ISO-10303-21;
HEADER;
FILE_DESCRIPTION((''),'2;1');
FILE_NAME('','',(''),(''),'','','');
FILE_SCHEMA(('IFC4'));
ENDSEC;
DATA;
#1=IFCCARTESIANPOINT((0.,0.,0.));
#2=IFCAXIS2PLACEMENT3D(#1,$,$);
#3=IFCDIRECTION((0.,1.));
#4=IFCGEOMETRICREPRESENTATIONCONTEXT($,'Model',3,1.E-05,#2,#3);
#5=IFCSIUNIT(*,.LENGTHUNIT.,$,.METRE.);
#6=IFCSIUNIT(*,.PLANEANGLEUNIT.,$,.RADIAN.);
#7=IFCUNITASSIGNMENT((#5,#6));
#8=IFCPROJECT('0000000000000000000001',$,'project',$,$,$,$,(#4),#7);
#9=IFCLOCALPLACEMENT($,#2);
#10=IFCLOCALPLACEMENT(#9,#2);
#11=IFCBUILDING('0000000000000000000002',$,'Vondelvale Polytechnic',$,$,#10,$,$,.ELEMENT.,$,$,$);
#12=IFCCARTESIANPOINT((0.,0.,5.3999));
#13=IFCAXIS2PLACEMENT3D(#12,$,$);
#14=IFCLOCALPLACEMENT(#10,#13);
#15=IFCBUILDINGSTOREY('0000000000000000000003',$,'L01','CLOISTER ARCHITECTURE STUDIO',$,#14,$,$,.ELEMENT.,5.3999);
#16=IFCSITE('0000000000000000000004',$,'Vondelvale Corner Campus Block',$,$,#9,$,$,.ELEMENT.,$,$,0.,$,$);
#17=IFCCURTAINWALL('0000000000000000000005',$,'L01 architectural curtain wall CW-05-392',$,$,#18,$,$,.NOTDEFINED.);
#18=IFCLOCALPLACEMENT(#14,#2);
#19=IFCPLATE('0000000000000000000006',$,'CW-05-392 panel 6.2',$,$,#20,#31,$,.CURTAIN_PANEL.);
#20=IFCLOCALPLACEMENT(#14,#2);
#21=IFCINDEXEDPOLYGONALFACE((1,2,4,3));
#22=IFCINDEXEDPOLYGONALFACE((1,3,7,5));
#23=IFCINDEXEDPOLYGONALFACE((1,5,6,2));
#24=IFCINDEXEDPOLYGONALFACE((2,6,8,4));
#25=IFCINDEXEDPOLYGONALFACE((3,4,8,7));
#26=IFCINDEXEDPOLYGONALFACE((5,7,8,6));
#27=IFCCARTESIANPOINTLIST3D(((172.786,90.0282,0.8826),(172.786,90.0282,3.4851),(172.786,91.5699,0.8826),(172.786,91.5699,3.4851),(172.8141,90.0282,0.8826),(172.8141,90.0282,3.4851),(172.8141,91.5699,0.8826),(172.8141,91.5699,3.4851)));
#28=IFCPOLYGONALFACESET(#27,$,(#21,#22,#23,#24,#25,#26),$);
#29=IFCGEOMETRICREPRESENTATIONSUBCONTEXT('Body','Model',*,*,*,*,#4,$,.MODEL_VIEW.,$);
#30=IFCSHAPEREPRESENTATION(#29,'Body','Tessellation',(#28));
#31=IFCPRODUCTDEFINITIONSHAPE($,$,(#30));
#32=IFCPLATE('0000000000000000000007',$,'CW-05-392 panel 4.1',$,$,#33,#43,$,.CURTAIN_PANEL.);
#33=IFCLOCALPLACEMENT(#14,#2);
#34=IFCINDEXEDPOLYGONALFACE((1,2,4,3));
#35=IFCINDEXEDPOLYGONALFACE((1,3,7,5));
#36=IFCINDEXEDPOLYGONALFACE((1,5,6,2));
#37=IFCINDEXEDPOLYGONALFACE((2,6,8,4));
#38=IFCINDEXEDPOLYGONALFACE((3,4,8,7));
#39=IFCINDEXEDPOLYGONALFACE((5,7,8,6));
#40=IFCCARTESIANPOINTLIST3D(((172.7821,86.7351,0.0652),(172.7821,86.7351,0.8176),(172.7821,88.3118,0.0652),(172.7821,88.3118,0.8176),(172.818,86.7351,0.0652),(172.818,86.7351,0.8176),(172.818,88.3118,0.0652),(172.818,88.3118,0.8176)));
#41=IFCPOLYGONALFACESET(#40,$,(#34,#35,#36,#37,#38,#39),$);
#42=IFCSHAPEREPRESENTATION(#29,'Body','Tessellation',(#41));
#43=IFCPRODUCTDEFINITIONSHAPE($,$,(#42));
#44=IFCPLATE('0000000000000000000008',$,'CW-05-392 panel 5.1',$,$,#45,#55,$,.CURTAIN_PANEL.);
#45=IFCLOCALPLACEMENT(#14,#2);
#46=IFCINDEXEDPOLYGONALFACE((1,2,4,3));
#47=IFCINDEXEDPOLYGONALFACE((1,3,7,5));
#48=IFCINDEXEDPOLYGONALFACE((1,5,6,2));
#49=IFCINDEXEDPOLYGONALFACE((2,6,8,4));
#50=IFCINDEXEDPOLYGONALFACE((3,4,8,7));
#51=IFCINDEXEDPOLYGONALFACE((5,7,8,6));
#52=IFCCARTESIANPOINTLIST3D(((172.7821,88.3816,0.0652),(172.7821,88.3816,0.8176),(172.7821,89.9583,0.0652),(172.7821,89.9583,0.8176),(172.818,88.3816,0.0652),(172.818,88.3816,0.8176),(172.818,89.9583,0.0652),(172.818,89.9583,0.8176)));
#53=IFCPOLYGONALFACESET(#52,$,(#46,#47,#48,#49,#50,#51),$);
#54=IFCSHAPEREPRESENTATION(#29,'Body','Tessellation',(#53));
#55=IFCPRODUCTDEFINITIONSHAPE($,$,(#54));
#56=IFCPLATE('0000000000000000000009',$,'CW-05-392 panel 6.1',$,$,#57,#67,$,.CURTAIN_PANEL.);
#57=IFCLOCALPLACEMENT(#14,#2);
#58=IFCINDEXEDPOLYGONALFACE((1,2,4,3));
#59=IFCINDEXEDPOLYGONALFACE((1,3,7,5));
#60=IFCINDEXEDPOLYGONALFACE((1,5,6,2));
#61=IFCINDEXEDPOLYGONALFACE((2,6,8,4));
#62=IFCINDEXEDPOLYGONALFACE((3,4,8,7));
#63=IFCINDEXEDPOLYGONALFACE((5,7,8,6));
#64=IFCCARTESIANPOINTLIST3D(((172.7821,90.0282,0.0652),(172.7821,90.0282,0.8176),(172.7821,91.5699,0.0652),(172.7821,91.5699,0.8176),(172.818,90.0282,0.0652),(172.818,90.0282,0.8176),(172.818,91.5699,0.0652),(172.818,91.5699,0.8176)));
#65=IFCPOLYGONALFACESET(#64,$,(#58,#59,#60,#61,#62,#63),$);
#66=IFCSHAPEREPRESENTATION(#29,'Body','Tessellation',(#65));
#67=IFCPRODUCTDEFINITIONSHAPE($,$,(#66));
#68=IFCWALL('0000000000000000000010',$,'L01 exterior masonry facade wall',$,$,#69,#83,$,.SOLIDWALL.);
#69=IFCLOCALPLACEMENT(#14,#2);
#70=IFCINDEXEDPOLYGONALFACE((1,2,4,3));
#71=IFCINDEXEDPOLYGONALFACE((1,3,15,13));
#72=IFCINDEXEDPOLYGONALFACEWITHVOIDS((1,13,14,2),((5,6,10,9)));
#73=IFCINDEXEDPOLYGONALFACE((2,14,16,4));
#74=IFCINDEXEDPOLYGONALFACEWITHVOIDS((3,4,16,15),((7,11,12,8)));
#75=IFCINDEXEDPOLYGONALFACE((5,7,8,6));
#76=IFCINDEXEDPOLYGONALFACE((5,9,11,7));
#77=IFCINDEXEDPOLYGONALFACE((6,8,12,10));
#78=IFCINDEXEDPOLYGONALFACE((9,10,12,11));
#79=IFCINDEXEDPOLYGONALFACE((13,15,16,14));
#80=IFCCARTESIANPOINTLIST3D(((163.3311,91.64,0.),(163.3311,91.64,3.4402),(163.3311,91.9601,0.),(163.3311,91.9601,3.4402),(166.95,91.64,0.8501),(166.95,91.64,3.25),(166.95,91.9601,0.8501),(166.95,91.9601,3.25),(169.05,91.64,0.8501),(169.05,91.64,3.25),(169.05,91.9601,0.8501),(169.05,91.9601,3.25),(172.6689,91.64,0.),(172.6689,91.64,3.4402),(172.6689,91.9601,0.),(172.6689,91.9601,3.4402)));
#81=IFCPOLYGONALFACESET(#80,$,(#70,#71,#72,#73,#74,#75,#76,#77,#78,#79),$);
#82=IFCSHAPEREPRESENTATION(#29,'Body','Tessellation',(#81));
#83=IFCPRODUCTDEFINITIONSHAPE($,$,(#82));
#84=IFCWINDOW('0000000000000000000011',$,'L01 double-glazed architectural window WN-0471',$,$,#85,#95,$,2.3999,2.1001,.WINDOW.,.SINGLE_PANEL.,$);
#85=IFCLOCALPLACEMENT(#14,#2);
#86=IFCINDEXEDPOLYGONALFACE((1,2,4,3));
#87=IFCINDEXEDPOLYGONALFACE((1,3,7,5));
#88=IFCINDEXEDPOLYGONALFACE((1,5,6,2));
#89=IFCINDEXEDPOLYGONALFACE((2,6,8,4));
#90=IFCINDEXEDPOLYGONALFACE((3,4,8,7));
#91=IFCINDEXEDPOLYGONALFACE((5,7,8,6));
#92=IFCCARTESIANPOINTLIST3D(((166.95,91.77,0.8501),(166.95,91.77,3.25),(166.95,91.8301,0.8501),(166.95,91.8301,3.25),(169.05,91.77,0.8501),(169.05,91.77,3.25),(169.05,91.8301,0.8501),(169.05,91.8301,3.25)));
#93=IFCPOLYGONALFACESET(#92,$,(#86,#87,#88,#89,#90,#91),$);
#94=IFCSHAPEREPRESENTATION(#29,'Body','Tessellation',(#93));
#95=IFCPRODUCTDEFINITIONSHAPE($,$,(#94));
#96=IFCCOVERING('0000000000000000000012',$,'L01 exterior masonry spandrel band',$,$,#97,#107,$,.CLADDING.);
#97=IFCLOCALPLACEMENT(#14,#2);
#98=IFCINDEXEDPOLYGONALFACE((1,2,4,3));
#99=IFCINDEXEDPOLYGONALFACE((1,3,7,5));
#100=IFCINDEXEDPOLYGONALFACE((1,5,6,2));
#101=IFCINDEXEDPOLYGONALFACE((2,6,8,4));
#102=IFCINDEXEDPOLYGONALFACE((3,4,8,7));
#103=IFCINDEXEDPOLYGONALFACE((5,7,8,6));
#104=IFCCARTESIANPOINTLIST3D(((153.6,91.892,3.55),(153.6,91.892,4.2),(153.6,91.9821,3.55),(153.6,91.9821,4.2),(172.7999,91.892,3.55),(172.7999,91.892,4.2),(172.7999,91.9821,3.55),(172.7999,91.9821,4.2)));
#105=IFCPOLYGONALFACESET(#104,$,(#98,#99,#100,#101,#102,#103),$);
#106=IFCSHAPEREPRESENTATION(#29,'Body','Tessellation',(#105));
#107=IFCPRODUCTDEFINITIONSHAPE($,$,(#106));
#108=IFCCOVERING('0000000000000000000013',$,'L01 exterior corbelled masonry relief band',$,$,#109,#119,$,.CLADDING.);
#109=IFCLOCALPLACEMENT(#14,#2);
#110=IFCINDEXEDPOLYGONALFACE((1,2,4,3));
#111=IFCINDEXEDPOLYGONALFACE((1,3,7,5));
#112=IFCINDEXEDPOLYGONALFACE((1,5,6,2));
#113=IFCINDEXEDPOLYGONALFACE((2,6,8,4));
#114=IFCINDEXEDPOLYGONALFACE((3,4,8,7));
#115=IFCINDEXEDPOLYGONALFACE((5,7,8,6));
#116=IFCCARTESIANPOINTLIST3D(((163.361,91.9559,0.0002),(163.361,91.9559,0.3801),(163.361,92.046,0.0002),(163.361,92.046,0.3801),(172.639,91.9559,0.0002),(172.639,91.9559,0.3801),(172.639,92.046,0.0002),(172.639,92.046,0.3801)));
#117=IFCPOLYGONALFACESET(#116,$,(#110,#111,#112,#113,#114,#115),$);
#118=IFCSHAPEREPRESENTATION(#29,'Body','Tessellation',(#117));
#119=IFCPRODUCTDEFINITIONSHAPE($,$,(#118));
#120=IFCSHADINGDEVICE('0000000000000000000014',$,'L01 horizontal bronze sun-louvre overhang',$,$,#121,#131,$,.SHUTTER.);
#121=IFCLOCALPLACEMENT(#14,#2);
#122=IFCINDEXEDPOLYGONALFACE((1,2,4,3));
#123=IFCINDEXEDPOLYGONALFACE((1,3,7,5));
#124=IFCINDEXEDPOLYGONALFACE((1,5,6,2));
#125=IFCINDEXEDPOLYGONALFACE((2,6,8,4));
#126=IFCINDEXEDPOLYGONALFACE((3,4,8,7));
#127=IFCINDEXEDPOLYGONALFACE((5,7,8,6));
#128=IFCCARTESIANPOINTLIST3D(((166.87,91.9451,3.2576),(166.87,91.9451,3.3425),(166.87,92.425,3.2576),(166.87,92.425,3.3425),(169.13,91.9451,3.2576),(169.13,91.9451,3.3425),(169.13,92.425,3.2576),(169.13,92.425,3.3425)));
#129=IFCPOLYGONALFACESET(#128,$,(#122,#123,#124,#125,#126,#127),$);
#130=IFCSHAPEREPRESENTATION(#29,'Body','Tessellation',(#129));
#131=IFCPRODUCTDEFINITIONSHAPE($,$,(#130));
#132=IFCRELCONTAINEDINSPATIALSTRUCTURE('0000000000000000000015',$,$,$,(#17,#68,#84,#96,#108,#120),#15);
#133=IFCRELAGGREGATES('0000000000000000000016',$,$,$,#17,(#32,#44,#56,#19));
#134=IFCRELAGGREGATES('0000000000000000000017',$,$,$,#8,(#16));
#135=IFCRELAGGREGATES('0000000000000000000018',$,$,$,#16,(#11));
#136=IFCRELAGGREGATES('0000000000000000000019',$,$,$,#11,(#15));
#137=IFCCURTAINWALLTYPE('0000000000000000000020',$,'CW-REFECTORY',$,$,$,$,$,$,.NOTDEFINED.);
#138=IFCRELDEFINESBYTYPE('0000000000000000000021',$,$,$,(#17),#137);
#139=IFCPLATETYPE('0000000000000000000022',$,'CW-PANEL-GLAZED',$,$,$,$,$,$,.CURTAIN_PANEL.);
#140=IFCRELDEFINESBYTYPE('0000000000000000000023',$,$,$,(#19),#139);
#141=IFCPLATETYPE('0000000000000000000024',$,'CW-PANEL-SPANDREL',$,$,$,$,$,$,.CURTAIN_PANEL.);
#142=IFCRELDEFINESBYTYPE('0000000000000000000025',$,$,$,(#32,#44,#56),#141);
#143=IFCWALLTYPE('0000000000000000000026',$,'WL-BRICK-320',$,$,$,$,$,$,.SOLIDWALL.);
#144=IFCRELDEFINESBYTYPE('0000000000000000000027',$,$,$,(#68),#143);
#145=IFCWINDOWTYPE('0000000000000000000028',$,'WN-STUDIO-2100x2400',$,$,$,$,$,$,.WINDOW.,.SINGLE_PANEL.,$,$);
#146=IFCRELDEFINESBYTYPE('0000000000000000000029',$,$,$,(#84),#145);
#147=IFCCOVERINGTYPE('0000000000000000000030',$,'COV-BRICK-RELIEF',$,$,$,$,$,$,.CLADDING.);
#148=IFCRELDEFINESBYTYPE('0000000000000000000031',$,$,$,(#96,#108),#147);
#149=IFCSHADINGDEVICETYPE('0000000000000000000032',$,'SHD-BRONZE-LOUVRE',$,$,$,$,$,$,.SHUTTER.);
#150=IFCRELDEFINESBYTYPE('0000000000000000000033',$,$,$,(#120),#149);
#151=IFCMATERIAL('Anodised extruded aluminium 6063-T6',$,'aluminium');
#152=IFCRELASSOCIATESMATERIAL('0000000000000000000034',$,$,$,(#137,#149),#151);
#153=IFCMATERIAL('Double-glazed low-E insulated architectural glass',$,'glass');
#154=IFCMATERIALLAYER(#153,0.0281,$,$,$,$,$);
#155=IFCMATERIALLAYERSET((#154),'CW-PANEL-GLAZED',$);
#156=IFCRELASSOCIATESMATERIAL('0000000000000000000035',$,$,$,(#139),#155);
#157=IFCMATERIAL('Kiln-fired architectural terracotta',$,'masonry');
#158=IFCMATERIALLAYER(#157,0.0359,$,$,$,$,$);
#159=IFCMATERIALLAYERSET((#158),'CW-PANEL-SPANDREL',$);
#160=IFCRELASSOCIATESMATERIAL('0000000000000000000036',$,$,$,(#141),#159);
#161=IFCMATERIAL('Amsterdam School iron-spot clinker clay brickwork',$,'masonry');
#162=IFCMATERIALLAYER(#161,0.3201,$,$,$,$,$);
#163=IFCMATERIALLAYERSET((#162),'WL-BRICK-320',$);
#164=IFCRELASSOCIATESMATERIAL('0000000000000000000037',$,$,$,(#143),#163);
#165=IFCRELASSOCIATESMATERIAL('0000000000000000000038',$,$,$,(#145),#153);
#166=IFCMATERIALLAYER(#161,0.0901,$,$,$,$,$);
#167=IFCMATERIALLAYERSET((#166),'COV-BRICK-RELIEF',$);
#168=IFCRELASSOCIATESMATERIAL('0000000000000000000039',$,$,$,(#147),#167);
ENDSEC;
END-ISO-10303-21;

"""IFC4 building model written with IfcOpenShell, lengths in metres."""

from ifc_helpers import new_model, si_unit, direction, frame, frame_2d, origin, origin_2d, place, context, subcontext, project, spatial, rectangle, extrude, material, layer, layer_set, type_object, element, fill, aggregate, save


model = new_model("IFC4")

# Units and contexts
model_context = context("Model", 3, precision=1e-05, world=origin(), true_north=direction((0.0, 1.0)))
body_context = subcontext(model_context, "Body", "Model", "MODEL_VIEW")
ifc_project = project(units=[si_unit("LENGTHUNIT", "METRE"), si_unit("PLANEANGLEUNIT", "RADIAN")], contexts=[model_context])

# Site, building, storey
site_placement = place(None, origin())
site = spatial("IfcSite", under=ifc_project, at=site_placement, Name="Vondelvale Corner Campus Block", CompositionType="ELEMENT", RefElevation=0.0)
building_placement = place(site_placement, origin())
building = spatial("IfcBuilding", under=site, at=building_placement, Name="Vondelvale Polytechnic", CompositionType="ELEMENT")
storey_placement = place(building_placement, frame((0.0, 0.0, 5.3999)))
storey = spatial("IfcBuildingStorey", under=building, at=storey_placement, Name="L01", Description="CLOISTER ARCHITECTURE STUDIO", CompositionType="ELEMENT", Elevation=5.3999)

# Curtain wall, plates
ifc_material_1 = material(Name="Anodised extruded aluminium 6063-T6", Category="aluminium")
curtain_wall_type = type_object("IfcCurtainWallType", Name="CW-REFECTORY", PredefinedType="NOTDEFINED", material=ifc_material_1)
curtain_wall_placement = place(storey_placement, origin())
curtain_wall = element("IfcCurtainWall", 1, at=curtain_wall_placement, inside=storey, type_object=curtain_wall_type, Name="L01 architectural curtain wall CW-05-392", PredefinedType="NOTDEFINED")
ifc_material_2 = material(Name="Double-glazed low-E insulated architectural glass", Category="glass")
ifc_layer_1 = layer(ifc_material_2, 0.0281)
ifc_layer_set_1 = layer_set([ifc_layer_1], Name="CW-PANEL-GLAZED")
plate_type_1 = type_object("IfcPlateType", Name="CW-PANEL-GLAZED", PredefinedType="CURTAIN_PANEL", material=ifc_layer_set_1)
plate_1_placement = place(storey_placement, frame((172.8, 90.7991, 0.8826), z_axis=(0.0, 0.0, 1.0), x_axis=(0.0, 1.0, 0.0)))
plate_1 = element("IfcPlate", 2, at=plate_1_placement, type_object=plate_type_1, Name="CW-05-392 panel 6.2", PredefinedType="CURTAIN_PANEL", context=body_context, shape_type="SweptSolid", body=[
    extrude(rectangle(XDim=1.5417, YDim=0.0281, at=origin_2d()), origin(), (0.0, 0.0, 1.0), 2.6025),
])
ifc_material_3 = material(Name="Kiln-fired architectural terracotta", Category="masonry")
ifc_layer_2 = layer(ifc_material_3, 0.0359)
ifc_layer_set_2 = layer_set([ifc_layer_2], Name="CW-PANEL-SPANDREL")
plate_type_2 = type_object("IfcPlateType", Name="CW-PANEL-SPANDREL", PredefinedType="CURTAIN_PANEL", material=ifc_layer_set_2)
plate_2_placement = place(storey_placement, frame((172.8, 87.5234, 0.0652), z_axis=(0.0, 0.0, 1.0), x_axis=(0.0, 1.0, 0.0)))
plate_2 = element("IfcPlate", 3, at=plate_2_placement, type_object=plate_type_2, Name="CW-05-392 panel 4.1", PredefinedType="CURTAIN_PANEL", context=body_context, shape_type="SweptSolid", body=[
    extrude(rectangle(XDim=1.5767, YDim=0.0359, at=origin_2d()), origin(), (0.0, 0.0, 1.0), 0.7524),
])
plate_3_placement = place(storey_placement, frame((172.8, 89.1699, 0.0652), z_axis=(0.0, 0.0, 1.0), x_axis=(0.0, 1.0, 0.0)))
plate_3 = element("IfcPlate", 4, at=plate_3_placement, type_object=plate_type_2, Name="CW-05-392 panel 5.1", PredefinedType="CURTAIN_PANEL", context=body_context, shape_type="SweptSolid", body=[
    extrude(rectangle(XDim=1.5767, YDim=0.0359, at=origin_2d()), origin(), (0.0, 0.0, 1.0), 0.7524),
])
plate_4_placement = place(storey_placement, frame((172.8, 90.7991, 0.0652), z_axis=(0.0, 0.0, 1.0), x_axis=(0.0, 1.0, 0.0)))
plate_4 = element("IfcPlate", 5, at=plate_4_placement, type_object=plate_type_2, Name="CW-05-392 panel 6.1", PredefinedType="CURTAIN_PANEL", context=body_context, shape_type="SweptSolid", body=[
    extrude(rectangle(XDim=1.5417, YDim=0.0359, at=origin_2d()), origin(), (0.0, 0.0, 1.0), 0.7524),
])
aggregate(curtain_wall, [plate_2, plate_3, plate_4, plate_1])

# Wall, opening, window
ifc_material_4 = material(Name="Amsterdam School iron-spot clinker clay brickwork", Category="masonry")
ifc_layer_3 = layer(ifc_material_4, 0.3201)
ifc_layer_set_3 = layer_set([ifc_layer_3], Name="WL-BRICK-320")
wall_type = type_object("IfcWallType", Name="WL-BRICK-320", PredefinedType="SOLIDWALL", material=ifc_layer_set_3)
wall_placement = place(storey_placement, frame((163.3311, 91.8, 0.0), z_axis=(0.0, 0.0, 1.0), x_axis=(1.0, 0.0, 0.0)))
wall = element("IfcWall", 6, at=wall_placement, inside=storey, type_object=wall_type, Name="L01 exterior masonry facade wall", PredefinedType="SOLIDWALL", context=body_context, shape_type="SweptSolid", body=[
    extrude(rectangle(XDim=9.3379, YDim=0.3201, at=frame_2d((4.6689, 0.0))), origin(), (0.0, 0.0, 1.0), 3.4402),
])
opening_placement = place(wall_placement, frame((3.6189, 0.0, 0.8501)))
opening = element("IfcOpeningElement", 7, at=opening_placement, cuts=wall, PredefinedType="OPENING", context=body_context, shape_type="SweptSolid", body=[
    extrude(rectangle(XDim=2.1001, YDim=2.3999, at=frame_2d((1.05, 1.2))), frame((0.0, 0.1699, 0.0), z_axis=(0.0, -1.0, 0.0), x_axis=(1.0, 0.0, 0.0)), (0.0, 0.0, 1.0), 0.3401),
])
window_type = type_object("IfcWindowType", Name="WN-STUDIO-2100x2400", PartitioningType="SINGLE_PANEL", PredefinedType="WINDOW", material=ifc_material_2)
window_placement = place(opening_placement, origin())
window = element("IfcWindow", 8, at=window_placement, inside=storey, type_object=window_type, Name="L01 double-glazed architectural window WN-0471", OverallHeight=2.3999, OverallWidth=2.1001, PartitioningType="SINGLE_PANEL", PredefinedType="WINDOW", context=body_context, shape_type="SweptSolid", body=[
    extrude(rectangle(XDim=2.1001, YDim=2.3999, at=frame_2d((1.05, 1.2))), frame((0.0, 0.03, 0.0), z_axis=(0.0, -1.0, 0.0), x_axis=(1.0, 0.0, 0.0)), (0.0, 0.0, 1.0), 0.0601),
])
fill(opening, window)

# Coverings
ifc_layer_4 = layer(ifc_material_4, 0.0901)
ifc_layer_set_4 = layer_set([ifc_layer_4], Name="COV-BRICK-RELIEF")
covering_type = type_object("IfcCoveringType", Name="COV-BRICK-RELIEF", PredefinedType="CLADDING", material=ifc_layer_set_4)
covering_1_placement = place(storey_placement, frame((163.2, 91.937, 3.55), z_axis=(0.0, 0.0, 1.0), x_axis=(1.0, 0.0, 0.0)))
element("IfcCovering", 9, at=covering_1_placement, inside=storey, type_object=covering_type, Name="L01 exterior masonry spandrel band", PredefinedType="CLADDING", context=body_context, shape_type="SweptSolid", body=[
    extrude(rectangle(XDim=19.2, YDim=0.0901, at=origin_2d()), origin(), (0.0, 0.0, 1.0), 0.6499),
])
covering_2_placement = place(storey_placement, frame((168.0, 92.001, 0.0002), z_axis=(0.0, 0.0, 1.0), x_axis=(1.0, 0.0, 0.0)))
element("IfcCovering", 10, at=covering_2_placement, inside=storey, type_object=covering_type, Name="L01 exterior corbelled masonry relief band", PredefinedType="CLADDING", context=body_context, shape_type="SweptSolid", body=[
    extrude(rectangle(XDim=9.2781, YDim=0.0901, at=origin_2d()), origin(), (0.0, 0.0, 1.0), 0.3799),
])

# Shading device
shading_device_type = type_object("IfcShadingDeviceType", Name="SHD-BRONZE-LOUVRE", PredefinedType="SHUTTER", material=ifc_material_1)
shading_device_placement = place(storey_placement, frame((168.0, 92.1851, 3.2576), z_axis=(0.0, 0.0, 1.0), x_axis=(1.0, 0.0, 0.0)))
element("IfcShadingDevice", 11, at=shading_device_placement, inside=storey, type_object=shading_device_type, Name="L01 horizontal bronze sun-louvre overhang", PredefinedType="SHUTTER", context=body_context, shape_type="SweptSolid", body=[
    extrude(rectangle(XDim=2.26, YDim=0.48, at=origin_2d()), origin(), (0.0, 0.0, 1.0), 0.085),
])

save(model, "model.ifc")
